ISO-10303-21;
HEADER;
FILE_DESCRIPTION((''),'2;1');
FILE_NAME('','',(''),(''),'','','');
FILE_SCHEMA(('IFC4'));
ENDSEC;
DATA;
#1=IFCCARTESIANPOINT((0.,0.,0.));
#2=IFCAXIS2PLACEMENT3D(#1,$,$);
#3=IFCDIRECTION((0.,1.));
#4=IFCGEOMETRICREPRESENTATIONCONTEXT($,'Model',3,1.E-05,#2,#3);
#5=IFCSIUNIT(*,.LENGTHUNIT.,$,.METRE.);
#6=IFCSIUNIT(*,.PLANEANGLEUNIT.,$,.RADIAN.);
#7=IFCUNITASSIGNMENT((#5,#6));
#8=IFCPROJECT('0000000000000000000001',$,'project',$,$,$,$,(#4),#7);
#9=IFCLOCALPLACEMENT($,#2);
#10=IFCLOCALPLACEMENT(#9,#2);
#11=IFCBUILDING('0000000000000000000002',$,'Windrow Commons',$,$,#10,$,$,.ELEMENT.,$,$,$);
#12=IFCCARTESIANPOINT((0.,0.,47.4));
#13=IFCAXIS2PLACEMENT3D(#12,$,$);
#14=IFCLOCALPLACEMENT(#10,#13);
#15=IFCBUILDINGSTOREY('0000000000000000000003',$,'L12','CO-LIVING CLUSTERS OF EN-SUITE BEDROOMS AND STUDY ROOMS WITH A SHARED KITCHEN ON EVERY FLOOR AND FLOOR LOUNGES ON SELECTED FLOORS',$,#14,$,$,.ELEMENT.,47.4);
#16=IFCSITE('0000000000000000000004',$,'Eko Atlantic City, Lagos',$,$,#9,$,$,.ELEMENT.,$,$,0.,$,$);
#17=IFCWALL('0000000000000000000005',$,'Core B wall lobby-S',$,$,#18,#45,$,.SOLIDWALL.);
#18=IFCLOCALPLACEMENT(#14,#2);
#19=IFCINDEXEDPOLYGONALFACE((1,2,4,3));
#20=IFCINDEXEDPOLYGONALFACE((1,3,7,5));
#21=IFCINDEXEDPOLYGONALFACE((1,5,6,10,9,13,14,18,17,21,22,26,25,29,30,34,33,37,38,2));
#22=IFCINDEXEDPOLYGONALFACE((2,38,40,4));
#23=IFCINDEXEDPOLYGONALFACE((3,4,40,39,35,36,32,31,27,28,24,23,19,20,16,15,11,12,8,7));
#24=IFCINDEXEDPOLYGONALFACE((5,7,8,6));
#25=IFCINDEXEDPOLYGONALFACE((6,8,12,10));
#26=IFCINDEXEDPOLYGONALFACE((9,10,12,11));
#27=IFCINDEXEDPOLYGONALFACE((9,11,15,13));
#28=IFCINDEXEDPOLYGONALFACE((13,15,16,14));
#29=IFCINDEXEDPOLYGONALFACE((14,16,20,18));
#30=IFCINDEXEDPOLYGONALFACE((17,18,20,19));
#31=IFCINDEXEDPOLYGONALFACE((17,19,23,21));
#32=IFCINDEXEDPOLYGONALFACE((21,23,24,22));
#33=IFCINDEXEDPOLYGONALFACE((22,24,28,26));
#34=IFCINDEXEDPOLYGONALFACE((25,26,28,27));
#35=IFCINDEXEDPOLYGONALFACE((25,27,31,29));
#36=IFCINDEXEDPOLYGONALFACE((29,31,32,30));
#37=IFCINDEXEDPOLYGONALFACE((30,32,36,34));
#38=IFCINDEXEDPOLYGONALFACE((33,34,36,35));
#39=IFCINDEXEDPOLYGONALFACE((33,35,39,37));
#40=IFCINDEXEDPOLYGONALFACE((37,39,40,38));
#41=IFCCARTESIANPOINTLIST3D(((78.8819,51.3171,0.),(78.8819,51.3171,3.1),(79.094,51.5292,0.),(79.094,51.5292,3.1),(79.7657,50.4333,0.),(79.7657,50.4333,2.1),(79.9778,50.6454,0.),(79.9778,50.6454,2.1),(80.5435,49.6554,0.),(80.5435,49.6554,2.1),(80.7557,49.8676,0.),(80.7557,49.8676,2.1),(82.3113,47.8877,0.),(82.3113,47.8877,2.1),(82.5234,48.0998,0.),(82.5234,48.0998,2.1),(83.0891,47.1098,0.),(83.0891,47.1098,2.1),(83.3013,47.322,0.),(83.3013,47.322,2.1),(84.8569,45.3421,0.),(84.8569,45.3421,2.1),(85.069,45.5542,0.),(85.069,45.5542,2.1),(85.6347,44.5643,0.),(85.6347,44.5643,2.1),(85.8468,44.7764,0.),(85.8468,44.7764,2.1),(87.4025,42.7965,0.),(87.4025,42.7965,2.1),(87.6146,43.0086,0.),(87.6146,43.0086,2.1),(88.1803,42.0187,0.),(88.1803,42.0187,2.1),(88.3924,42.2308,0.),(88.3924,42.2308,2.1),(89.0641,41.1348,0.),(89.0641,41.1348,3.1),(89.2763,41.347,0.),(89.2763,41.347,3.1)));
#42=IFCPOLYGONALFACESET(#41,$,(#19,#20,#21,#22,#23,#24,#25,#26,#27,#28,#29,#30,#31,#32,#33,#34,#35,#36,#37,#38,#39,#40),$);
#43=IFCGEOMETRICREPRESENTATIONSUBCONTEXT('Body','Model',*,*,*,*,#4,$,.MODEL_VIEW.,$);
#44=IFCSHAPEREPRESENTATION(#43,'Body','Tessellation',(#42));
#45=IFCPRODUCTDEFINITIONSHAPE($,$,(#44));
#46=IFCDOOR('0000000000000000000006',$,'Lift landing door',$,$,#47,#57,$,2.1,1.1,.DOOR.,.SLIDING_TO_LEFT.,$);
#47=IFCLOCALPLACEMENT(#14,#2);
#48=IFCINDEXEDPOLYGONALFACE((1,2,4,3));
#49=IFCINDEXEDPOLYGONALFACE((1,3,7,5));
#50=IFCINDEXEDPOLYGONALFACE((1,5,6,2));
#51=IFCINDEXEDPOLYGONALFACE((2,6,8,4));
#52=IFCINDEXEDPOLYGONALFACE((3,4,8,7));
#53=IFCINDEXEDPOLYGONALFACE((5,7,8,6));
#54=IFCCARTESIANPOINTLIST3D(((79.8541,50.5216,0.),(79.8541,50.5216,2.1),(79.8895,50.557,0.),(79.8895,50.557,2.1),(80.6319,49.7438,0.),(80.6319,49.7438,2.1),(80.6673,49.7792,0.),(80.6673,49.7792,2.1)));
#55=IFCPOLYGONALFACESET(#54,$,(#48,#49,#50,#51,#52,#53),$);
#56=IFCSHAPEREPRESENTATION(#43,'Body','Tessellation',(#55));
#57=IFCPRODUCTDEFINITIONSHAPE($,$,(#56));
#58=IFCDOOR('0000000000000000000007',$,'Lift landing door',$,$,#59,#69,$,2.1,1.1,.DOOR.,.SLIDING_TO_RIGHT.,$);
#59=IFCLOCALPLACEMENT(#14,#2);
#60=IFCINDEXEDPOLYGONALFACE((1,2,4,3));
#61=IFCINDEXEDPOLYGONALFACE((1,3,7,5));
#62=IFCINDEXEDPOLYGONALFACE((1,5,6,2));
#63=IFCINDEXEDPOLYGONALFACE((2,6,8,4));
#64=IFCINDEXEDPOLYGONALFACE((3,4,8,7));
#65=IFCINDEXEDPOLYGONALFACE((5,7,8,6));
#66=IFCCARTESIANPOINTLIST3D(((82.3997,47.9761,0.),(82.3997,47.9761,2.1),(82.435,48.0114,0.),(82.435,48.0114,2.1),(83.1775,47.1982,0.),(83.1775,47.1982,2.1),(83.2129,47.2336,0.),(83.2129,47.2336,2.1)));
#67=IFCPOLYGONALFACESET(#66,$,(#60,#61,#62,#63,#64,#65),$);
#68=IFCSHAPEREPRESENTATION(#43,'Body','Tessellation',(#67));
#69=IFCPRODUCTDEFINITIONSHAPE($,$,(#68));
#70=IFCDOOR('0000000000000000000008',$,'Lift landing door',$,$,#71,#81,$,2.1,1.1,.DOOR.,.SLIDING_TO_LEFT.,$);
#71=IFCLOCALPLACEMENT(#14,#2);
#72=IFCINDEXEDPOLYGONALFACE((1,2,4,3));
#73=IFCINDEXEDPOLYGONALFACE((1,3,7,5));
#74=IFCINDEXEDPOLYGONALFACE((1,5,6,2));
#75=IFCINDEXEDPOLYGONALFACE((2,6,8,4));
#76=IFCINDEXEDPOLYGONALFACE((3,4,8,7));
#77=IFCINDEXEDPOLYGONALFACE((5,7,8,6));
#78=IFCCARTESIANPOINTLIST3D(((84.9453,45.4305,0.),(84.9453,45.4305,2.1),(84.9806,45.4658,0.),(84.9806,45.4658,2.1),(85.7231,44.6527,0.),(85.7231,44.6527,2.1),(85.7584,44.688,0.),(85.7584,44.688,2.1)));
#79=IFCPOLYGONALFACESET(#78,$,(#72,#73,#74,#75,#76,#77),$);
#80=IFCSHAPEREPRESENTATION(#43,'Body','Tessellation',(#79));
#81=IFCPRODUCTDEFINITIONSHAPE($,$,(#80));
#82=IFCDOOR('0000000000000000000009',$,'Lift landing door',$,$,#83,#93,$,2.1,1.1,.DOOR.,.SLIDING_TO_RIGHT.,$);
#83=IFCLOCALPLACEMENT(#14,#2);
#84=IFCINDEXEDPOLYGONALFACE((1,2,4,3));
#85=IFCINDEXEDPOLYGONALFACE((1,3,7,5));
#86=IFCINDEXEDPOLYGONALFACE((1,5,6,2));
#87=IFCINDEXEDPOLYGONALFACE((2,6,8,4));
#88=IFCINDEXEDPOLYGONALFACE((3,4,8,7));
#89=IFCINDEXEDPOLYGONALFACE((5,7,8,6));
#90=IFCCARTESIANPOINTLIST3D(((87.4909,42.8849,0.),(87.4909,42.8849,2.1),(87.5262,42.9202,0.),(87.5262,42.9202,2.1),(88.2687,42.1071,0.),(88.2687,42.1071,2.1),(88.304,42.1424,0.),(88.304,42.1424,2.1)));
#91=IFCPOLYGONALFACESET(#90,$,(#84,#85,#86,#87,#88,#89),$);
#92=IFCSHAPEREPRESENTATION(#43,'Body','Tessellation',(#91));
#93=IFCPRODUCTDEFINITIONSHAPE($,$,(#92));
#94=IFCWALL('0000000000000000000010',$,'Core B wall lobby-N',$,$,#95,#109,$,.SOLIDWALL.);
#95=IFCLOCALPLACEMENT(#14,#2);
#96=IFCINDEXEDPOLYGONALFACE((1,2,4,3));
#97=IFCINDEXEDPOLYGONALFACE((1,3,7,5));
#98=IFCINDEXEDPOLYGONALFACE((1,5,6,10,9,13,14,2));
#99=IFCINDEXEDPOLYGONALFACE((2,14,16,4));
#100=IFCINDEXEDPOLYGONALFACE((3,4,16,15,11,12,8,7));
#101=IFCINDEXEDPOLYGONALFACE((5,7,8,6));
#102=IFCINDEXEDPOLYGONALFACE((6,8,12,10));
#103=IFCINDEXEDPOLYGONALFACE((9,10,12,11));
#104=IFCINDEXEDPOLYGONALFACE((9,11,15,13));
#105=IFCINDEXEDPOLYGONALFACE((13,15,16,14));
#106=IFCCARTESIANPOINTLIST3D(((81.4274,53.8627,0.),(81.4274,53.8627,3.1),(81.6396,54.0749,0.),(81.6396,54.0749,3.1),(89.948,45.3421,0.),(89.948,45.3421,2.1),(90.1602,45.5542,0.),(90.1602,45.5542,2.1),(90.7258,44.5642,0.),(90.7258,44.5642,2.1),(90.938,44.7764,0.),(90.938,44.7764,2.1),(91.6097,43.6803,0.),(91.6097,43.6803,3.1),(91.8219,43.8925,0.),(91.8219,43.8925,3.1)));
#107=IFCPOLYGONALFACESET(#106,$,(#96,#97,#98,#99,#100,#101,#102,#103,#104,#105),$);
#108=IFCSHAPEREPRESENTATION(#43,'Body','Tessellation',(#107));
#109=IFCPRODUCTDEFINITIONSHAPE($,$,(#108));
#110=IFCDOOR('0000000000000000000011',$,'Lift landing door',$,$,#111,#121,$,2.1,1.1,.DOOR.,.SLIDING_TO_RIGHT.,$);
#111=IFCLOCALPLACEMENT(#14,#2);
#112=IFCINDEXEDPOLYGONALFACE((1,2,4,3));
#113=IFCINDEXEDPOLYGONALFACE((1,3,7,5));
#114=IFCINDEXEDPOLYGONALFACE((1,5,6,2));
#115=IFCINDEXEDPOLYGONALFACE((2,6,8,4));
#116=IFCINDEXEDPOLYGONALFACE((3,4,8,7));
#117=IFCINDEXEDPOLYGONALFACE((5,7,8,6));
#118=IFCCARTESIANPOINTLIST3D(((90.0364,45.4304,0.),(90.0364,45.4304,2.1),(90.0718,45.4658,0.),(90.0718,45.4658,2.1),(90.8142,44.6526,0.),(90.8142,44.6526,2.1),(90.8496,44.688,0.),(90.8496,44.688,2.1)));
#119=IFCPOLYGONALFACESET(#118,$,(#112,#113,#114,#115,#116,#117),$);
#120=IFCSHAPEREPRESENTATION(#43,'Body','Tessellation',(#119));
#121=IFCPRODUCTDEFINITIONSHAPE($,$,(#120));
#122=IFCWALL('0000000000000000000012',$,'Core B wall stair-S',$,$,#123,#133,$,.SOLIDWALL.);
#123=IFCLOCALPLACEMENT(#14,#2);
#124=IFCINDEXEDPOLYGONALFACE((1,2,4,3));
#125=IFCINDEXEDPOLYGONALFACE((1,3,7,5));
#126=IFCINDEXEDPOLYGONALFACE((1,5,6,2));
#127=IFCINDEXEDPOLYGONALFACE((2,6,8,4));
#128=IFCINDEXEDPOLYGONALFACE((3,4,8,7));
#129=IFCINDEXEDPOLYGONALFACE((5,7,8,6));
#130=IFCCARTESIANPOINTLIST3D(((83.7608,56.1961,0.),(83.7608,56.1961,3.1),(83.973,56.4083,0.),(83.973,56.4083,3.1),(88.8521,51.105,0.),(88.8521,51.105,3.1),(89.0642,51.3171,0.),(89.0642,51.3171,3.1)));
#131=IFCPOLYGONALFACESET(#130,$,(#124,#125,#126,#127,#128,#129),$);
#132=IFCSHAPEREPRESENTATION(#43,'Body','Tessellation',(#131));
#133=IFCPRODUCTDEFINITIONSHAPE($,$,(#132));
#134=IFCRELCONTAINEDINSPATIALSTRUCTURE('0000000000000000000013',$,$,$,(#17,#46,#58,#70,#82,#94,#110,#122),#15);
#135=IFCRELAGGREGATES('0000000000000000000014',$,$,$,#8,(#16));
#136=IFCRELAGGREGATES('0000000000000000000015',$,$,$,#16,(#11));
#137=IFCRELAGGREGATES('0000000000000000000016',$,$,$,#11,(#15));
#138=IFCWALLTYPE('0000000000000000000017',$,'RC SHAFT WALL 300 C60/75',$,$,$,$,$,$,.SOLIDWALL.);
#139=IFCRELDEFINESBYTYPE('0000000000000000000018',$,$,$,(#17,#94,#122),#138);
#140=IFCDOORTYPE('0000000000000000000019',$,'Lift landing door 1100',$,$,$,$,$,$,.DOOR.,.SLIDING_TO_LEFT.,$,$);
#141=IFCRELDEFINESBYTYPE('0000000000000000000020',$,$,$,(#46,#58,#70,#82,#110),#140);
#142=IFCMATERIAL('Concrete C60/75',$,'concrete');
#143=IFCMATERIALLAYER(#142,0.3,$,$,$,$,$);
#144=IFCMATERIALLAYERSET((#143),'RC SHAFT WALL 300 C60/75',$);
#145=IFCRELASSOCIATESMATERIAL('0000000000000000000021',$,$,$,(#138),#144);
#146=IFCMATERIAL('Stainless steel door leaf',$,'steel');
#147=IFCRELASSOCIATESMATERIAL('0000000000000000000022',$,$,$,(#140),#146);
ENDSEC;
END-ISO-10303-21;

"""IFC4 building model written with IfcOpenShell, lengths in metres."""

from ifc_helpers import new_model, si_unit, direction, frame, frame_2d, origin, place, context, subcontext, project, spatial, rectangle, extrude, material, layer, layer_set, type_object, element, fill, save


model = new_model("IFC4")

# Units and contexts
model_context = context("Model", 3, precision=1e-05, world=origin(), true_north=direction((0.0, 1.0)))
body_context = subcontext(model_context, "Body", "Model", "MODEL_VIEW")
ifc_project = project(units=[si_unit("LENGTHUNIT", "METRE"), si_unit("PLANEANGLEUNIT", "RADIAN")], contexts=[model_context])

# Site, building, storey
site_placement = place(None, origin())
site = spatial("IfcSite", under=ifc_project, at=site_placement, Name="Eko Atlantic City, Lagos", CompositionType="ELEMENT", RefElevation=0.0)
building_placement = place(site_placement, origin())
building = spatial("IfcBuilding", under=site, at=building_placement, Name="Windrow Commons", CompositionType="ELEMENT")
storey_placement = place(building_placement, frame((0.0, 0.0, 47.4)))
storey = spatial("IfcBuildingStorey", under=building, at=storey_placement, Name="L12", Description="CO-LIVING CLUSTERS OF EN-SUITE BEDROOMS AND STUDY ROOMS WITH A SHARED KITCHEN ON EVERY FLOOR AND FLOOR LOUNGES ON SELECTED FLOORS", CompositionType="ELEMENT", Elevation=47.4)

# Shared definitions
ifc_material_1 = material(Name="Concrete C60/75", Category="concrete")
ifc_layer_1 = layer(ifc_material_1, 0.3)
ifc_layer_set_1 = layer_set([ifc_layer_1], Name="RC SHAFT WALL 300 C60/75")
wall_type_1 = type_object("IfcWallType", Name="RC SHAFT WALL 300 C60/75", PredefinedType="SOLIDWALL", material=ifc_layer_set_1)

# Wall, openings, doors
wall_1_placement = place(storey_placement, frame((78.9879, 51.4232, 0.0), z_axis=(0.0, 0.0, 1.0), x_axis=(0.707107, -0.707107, 0.0)))
wall_1 = element("IfcWall", 1, at=wall_1_placement, inside=storey, type_object=wall_type_1, Name="Core B wall lobby-S", PredefinedType="SOLIDWALL", context=body_context, shape_type="SweptSolid", body=[
    extrude(rectangle(XDim=14.3999, YDim=0.3, at=frame_2d((7.2, 0.0))), origin(), (0.0, 0.0, 1.0), 3.1),
])
opening_1_placement = place(wall_1_placement, frame((1.25, 0.0, 0.0)))
opening_1 = element("IfcOpeningElement", 2, at=opening_1_placement, cuts=wall_1, PredefinedType="OPENING", context=body_context, shape_type="SweptSolid", body=[
    extrude(rectangle(XDim=1.1, YDim=2.1, at=frame_2d((0.55, 1.05))), frame((0.0, 0.16, 0.0), z_axis=(0.0, -1.0, 0.0), x_axis=(1.0, 0.0, 0.0)), (0.0, 0.0, 1.0), 0.32),
])
opening_2_placement = place(wall_1_placement, frame((4.85, 0.0, 0.0)))
opening_2 = element("IfcOpeningElement", 3, at=opening_2_placement, cuts=wall_1, PredefinedType="OPENING", context=body_context, shape_type="SweptSolid", body=[
    extrude(rectangle(XDim=1.1, YDim=2.1, at=frame_2d((0.55, 1.05))), frame((0.0, 0.16, 0.0), z_axis=(0.0, -1.0, 0.0), x_axis=(1.0, 0.0, 0.0)), (0.0, 0.0, 1.0), 0.32),
])
opening_3_placement = place(wall_1_placement, frame((8.45, 0.0, 0.0)))
opening_3 = element("IfcOpeningElement", 4, at=opening_3_placement, cuts=wall_1, PredefinedType="OPENING", context=body_context, shape_type="SweptSolid", body=[
    extrude(rectangle(XDim=1.1, YDim=2.1, at=frame_2d((0.55, 1.05))), frame((0.0, 0.16, 0.0), z_axis=(0.0, -1.0, 0.0), x_axis=(1.0, 0.0, 0.0)), (0.0, 0.0, 1.0), 0.32),
])
opening_4_placement = place(wall_1_placement, frame((12.05, 0.0, 0.0)))
opening_4 = element("IfcOpeningElement", 5, at=opening_4_placement, cuts=wall_1, PredefinedType="OPENING", context=body_context, shape_type="SweptSolid", body=[
    extrude(rectangle(XDim=1.1, YDim=2.1, at=frame_2d((0.55, 1.05))), frame((0.0, 0.16, 0.0), z_axis=(0.0, -1.0, 0.0), x_axis=(1.0, 0.0, 0.0)), (0.0, 0.0, 1.0), 0.32),
])
ifc_material_2 = material(Name="Stainless steel door leaf", Category="steel")
door_type_1 = type_object("IfcDoorType", Name="Lift landing door 1100", OperationType="SLIDING_TO_LEFT", PredefinedType="DOOR", material=ifc_material_2)
door_1_placement = place(opening_1_placement, origin())
door_1 = element("IfcDoor", 6, at=door_1_placement, inside=storey, type_object=door_type_1, Name="Lift landing door", OperationType="SLIDING_TO_LEFT", OverallHeight=2.1, OverallWidth=1.1, PredefinedType="DOOR", context=body_context, shape_type="SweptSolid", body=[
    extrude(rectangle(XDim=1.1, YDim=2.1, at=frame_2d((0.55, 1.05))), frame((0.0, 0.025, 0.0), z_axis=(0.0, -1.0, 0.0), x_axis=(1.0, 0.0, 0.0)), (0.0, 0.0, 1.0), 0.05),
])
fill(opening_1, door_1)
door_2_placement = place(opening_2_placement, origin())
door_2 = element("IfcDoor", 7, at=door_2_placement, inside=storey, type_object=door_type_1, Name="Lift landing door", OperationType="SLIDING_TO_RIGHT", OverallHeight=2.1, OverallWidth=1.1, PredefinedType="DOOR", context=body_context, shape_type="SweptSolid", body=[
    extrude(rectangle(XDim=1.1, YDim=2.1, at=frame_2d((0.55, 1.05))), frame((0.0, 0.025, 0.0), z_axis=(0.0, -1.0, 0.0), x_axis=(1.0, 0.0, 0.0)), (0.0, 0.0, 1.0), 0.05),
])
fill(opening_2, door_2)
door_3_placement = place(opening_3_placement, origin())
door_3 = element("IfcDoor", 8, at=door_3_placement, inside=storey, type_object=door_type_1, Name="Lift landing door", OperationType="SLIDING_TO_LEFT", OverallHeight=2.1, OverallWidth=1.1, PredefinedType="DOOR", context=body_context, shape_type="SweptSolid", body=[
    extrude(rectangle(XDim=1.1, YDim=2.1, at=frame_2d((0.55, 1.05))), frame((0.0, 0.025, 0.0), z_axis=(0.0, -1.0, 0.0), x_axis=(1.0, 0.0, 0.0)), (0.0, 0.0, 1.0), 0.05),
])
fill(opening_3, door_3)
door_4_placement = place(opening_4_placement, origin())
door_4 = element("IfcDoor", 9, at=door_4_placement, inside=storey, type_object=door_type_1, Name="Lift landing door", OperationType="SLIDING_TO_RIGHT", OverallHeight=2.1, OverallWidth=1.1, PredefinedType="DOOR", context=body_context, shape_type="SweptSolid", body=[
    extrude(rectangle(XDim=1.1, YDim=2.1, at=frame_2d((0.55, 1.05))), frame((0.0, 0.025, 0.0), z_axis=(0.0, -1.0, 0.0), x_axis=(1.0, 0.0, 0.0)), (0.0, 0.0, 1.0), 0.05),
])
fill(opening_4, door_4)

# Wall, opening, door
wall_2_placement = place(storey_placement, frame((81.5335, 53.9688, 0.0), z_axis=(0.0, 0.0, 1.0), x_axis=(0.707103, -0.70711, 0.0)))
wall_2 = element("IfcWall", 10, at=wall_2_placement, inside=storey, type_object=wall_type_1, Name="Core B wall lobby-N", PredefinedType="SOLIDWALL", context=body_context, shape_type="SweptSolid", body=[
    extrude(rectangle(XDim=14.4, YDim=0.3, at=frame_2d((7.2, 0.0))), origin(), (0.0, 0.0, 1.0), 3.1),
])
opening_5_placement = place(wall_2_placement, frame((12.05, 0.0, 0.0)))
opening_5 = element("IfcOpeningElement", 11, at=opening_5_placement, cuts=wall_2, PredefinedType="OPENING", context=body_context, shape_type="SweptSolid", body=[
    extrude(rectangle(XDim=1.1, YDim=2.1, at=frame_2d((0.55, 1.05))), frame((0.0, 0.16, 0.0), z_axis=(0.0, -1.0, 0.0), x_axis=(1.0, 0.0, 0.0)), (0.0, 0.0, 1.0), 0.32),
])
door_5_placement = place(opening_5_placement, origin())
door_5 = element("IfcDoor", 12, at=door_5_placement, inside=storey, type_object=door_type_1, Name="Lift landing door", OperationType="SLIDING_TO_RIGHT", OverallHeight=2.1, OverallWidth=1.1, PredefinedType="DOOR", context=body_context, shape_type="SweptSolid", body=[
    extrude(rectangle(XDim=1.1, YDim=2.1, at=frame_2d((0.55, 1.05))), frame((0.0, 0.025, 0.0), z_axis=(0.0, -1.0, 0.0), x_axis=(1.0, 0.0, 0.0)), (0.0, 0.0, 1.0), 0.05),
])
fill(opening_5, door_5)

# Wall
wall_3_placement = place(storey_placement, frame((83.8669, 56.3022, 0.0), z_axis=(0.0, 0.0, 1.0), x_axis=(0.707114, -0.7071, 0.0)))
element("IfcWall", 13, at=wall_3_placement, inside=storey, type_object=wall_type_1, Name="Core B wall stair-S", PredefinedType="SOLIDWALL", context=body_context, shape_type="SweptSolid", body=[
    extrude(rectangle(XDim=7.2, YDim=0.3, at=frame_2d((3.6, 0.0))), origin(), (0.0, 0.0, 1.0), 3.1),
])

save(model, "model.ifc")
